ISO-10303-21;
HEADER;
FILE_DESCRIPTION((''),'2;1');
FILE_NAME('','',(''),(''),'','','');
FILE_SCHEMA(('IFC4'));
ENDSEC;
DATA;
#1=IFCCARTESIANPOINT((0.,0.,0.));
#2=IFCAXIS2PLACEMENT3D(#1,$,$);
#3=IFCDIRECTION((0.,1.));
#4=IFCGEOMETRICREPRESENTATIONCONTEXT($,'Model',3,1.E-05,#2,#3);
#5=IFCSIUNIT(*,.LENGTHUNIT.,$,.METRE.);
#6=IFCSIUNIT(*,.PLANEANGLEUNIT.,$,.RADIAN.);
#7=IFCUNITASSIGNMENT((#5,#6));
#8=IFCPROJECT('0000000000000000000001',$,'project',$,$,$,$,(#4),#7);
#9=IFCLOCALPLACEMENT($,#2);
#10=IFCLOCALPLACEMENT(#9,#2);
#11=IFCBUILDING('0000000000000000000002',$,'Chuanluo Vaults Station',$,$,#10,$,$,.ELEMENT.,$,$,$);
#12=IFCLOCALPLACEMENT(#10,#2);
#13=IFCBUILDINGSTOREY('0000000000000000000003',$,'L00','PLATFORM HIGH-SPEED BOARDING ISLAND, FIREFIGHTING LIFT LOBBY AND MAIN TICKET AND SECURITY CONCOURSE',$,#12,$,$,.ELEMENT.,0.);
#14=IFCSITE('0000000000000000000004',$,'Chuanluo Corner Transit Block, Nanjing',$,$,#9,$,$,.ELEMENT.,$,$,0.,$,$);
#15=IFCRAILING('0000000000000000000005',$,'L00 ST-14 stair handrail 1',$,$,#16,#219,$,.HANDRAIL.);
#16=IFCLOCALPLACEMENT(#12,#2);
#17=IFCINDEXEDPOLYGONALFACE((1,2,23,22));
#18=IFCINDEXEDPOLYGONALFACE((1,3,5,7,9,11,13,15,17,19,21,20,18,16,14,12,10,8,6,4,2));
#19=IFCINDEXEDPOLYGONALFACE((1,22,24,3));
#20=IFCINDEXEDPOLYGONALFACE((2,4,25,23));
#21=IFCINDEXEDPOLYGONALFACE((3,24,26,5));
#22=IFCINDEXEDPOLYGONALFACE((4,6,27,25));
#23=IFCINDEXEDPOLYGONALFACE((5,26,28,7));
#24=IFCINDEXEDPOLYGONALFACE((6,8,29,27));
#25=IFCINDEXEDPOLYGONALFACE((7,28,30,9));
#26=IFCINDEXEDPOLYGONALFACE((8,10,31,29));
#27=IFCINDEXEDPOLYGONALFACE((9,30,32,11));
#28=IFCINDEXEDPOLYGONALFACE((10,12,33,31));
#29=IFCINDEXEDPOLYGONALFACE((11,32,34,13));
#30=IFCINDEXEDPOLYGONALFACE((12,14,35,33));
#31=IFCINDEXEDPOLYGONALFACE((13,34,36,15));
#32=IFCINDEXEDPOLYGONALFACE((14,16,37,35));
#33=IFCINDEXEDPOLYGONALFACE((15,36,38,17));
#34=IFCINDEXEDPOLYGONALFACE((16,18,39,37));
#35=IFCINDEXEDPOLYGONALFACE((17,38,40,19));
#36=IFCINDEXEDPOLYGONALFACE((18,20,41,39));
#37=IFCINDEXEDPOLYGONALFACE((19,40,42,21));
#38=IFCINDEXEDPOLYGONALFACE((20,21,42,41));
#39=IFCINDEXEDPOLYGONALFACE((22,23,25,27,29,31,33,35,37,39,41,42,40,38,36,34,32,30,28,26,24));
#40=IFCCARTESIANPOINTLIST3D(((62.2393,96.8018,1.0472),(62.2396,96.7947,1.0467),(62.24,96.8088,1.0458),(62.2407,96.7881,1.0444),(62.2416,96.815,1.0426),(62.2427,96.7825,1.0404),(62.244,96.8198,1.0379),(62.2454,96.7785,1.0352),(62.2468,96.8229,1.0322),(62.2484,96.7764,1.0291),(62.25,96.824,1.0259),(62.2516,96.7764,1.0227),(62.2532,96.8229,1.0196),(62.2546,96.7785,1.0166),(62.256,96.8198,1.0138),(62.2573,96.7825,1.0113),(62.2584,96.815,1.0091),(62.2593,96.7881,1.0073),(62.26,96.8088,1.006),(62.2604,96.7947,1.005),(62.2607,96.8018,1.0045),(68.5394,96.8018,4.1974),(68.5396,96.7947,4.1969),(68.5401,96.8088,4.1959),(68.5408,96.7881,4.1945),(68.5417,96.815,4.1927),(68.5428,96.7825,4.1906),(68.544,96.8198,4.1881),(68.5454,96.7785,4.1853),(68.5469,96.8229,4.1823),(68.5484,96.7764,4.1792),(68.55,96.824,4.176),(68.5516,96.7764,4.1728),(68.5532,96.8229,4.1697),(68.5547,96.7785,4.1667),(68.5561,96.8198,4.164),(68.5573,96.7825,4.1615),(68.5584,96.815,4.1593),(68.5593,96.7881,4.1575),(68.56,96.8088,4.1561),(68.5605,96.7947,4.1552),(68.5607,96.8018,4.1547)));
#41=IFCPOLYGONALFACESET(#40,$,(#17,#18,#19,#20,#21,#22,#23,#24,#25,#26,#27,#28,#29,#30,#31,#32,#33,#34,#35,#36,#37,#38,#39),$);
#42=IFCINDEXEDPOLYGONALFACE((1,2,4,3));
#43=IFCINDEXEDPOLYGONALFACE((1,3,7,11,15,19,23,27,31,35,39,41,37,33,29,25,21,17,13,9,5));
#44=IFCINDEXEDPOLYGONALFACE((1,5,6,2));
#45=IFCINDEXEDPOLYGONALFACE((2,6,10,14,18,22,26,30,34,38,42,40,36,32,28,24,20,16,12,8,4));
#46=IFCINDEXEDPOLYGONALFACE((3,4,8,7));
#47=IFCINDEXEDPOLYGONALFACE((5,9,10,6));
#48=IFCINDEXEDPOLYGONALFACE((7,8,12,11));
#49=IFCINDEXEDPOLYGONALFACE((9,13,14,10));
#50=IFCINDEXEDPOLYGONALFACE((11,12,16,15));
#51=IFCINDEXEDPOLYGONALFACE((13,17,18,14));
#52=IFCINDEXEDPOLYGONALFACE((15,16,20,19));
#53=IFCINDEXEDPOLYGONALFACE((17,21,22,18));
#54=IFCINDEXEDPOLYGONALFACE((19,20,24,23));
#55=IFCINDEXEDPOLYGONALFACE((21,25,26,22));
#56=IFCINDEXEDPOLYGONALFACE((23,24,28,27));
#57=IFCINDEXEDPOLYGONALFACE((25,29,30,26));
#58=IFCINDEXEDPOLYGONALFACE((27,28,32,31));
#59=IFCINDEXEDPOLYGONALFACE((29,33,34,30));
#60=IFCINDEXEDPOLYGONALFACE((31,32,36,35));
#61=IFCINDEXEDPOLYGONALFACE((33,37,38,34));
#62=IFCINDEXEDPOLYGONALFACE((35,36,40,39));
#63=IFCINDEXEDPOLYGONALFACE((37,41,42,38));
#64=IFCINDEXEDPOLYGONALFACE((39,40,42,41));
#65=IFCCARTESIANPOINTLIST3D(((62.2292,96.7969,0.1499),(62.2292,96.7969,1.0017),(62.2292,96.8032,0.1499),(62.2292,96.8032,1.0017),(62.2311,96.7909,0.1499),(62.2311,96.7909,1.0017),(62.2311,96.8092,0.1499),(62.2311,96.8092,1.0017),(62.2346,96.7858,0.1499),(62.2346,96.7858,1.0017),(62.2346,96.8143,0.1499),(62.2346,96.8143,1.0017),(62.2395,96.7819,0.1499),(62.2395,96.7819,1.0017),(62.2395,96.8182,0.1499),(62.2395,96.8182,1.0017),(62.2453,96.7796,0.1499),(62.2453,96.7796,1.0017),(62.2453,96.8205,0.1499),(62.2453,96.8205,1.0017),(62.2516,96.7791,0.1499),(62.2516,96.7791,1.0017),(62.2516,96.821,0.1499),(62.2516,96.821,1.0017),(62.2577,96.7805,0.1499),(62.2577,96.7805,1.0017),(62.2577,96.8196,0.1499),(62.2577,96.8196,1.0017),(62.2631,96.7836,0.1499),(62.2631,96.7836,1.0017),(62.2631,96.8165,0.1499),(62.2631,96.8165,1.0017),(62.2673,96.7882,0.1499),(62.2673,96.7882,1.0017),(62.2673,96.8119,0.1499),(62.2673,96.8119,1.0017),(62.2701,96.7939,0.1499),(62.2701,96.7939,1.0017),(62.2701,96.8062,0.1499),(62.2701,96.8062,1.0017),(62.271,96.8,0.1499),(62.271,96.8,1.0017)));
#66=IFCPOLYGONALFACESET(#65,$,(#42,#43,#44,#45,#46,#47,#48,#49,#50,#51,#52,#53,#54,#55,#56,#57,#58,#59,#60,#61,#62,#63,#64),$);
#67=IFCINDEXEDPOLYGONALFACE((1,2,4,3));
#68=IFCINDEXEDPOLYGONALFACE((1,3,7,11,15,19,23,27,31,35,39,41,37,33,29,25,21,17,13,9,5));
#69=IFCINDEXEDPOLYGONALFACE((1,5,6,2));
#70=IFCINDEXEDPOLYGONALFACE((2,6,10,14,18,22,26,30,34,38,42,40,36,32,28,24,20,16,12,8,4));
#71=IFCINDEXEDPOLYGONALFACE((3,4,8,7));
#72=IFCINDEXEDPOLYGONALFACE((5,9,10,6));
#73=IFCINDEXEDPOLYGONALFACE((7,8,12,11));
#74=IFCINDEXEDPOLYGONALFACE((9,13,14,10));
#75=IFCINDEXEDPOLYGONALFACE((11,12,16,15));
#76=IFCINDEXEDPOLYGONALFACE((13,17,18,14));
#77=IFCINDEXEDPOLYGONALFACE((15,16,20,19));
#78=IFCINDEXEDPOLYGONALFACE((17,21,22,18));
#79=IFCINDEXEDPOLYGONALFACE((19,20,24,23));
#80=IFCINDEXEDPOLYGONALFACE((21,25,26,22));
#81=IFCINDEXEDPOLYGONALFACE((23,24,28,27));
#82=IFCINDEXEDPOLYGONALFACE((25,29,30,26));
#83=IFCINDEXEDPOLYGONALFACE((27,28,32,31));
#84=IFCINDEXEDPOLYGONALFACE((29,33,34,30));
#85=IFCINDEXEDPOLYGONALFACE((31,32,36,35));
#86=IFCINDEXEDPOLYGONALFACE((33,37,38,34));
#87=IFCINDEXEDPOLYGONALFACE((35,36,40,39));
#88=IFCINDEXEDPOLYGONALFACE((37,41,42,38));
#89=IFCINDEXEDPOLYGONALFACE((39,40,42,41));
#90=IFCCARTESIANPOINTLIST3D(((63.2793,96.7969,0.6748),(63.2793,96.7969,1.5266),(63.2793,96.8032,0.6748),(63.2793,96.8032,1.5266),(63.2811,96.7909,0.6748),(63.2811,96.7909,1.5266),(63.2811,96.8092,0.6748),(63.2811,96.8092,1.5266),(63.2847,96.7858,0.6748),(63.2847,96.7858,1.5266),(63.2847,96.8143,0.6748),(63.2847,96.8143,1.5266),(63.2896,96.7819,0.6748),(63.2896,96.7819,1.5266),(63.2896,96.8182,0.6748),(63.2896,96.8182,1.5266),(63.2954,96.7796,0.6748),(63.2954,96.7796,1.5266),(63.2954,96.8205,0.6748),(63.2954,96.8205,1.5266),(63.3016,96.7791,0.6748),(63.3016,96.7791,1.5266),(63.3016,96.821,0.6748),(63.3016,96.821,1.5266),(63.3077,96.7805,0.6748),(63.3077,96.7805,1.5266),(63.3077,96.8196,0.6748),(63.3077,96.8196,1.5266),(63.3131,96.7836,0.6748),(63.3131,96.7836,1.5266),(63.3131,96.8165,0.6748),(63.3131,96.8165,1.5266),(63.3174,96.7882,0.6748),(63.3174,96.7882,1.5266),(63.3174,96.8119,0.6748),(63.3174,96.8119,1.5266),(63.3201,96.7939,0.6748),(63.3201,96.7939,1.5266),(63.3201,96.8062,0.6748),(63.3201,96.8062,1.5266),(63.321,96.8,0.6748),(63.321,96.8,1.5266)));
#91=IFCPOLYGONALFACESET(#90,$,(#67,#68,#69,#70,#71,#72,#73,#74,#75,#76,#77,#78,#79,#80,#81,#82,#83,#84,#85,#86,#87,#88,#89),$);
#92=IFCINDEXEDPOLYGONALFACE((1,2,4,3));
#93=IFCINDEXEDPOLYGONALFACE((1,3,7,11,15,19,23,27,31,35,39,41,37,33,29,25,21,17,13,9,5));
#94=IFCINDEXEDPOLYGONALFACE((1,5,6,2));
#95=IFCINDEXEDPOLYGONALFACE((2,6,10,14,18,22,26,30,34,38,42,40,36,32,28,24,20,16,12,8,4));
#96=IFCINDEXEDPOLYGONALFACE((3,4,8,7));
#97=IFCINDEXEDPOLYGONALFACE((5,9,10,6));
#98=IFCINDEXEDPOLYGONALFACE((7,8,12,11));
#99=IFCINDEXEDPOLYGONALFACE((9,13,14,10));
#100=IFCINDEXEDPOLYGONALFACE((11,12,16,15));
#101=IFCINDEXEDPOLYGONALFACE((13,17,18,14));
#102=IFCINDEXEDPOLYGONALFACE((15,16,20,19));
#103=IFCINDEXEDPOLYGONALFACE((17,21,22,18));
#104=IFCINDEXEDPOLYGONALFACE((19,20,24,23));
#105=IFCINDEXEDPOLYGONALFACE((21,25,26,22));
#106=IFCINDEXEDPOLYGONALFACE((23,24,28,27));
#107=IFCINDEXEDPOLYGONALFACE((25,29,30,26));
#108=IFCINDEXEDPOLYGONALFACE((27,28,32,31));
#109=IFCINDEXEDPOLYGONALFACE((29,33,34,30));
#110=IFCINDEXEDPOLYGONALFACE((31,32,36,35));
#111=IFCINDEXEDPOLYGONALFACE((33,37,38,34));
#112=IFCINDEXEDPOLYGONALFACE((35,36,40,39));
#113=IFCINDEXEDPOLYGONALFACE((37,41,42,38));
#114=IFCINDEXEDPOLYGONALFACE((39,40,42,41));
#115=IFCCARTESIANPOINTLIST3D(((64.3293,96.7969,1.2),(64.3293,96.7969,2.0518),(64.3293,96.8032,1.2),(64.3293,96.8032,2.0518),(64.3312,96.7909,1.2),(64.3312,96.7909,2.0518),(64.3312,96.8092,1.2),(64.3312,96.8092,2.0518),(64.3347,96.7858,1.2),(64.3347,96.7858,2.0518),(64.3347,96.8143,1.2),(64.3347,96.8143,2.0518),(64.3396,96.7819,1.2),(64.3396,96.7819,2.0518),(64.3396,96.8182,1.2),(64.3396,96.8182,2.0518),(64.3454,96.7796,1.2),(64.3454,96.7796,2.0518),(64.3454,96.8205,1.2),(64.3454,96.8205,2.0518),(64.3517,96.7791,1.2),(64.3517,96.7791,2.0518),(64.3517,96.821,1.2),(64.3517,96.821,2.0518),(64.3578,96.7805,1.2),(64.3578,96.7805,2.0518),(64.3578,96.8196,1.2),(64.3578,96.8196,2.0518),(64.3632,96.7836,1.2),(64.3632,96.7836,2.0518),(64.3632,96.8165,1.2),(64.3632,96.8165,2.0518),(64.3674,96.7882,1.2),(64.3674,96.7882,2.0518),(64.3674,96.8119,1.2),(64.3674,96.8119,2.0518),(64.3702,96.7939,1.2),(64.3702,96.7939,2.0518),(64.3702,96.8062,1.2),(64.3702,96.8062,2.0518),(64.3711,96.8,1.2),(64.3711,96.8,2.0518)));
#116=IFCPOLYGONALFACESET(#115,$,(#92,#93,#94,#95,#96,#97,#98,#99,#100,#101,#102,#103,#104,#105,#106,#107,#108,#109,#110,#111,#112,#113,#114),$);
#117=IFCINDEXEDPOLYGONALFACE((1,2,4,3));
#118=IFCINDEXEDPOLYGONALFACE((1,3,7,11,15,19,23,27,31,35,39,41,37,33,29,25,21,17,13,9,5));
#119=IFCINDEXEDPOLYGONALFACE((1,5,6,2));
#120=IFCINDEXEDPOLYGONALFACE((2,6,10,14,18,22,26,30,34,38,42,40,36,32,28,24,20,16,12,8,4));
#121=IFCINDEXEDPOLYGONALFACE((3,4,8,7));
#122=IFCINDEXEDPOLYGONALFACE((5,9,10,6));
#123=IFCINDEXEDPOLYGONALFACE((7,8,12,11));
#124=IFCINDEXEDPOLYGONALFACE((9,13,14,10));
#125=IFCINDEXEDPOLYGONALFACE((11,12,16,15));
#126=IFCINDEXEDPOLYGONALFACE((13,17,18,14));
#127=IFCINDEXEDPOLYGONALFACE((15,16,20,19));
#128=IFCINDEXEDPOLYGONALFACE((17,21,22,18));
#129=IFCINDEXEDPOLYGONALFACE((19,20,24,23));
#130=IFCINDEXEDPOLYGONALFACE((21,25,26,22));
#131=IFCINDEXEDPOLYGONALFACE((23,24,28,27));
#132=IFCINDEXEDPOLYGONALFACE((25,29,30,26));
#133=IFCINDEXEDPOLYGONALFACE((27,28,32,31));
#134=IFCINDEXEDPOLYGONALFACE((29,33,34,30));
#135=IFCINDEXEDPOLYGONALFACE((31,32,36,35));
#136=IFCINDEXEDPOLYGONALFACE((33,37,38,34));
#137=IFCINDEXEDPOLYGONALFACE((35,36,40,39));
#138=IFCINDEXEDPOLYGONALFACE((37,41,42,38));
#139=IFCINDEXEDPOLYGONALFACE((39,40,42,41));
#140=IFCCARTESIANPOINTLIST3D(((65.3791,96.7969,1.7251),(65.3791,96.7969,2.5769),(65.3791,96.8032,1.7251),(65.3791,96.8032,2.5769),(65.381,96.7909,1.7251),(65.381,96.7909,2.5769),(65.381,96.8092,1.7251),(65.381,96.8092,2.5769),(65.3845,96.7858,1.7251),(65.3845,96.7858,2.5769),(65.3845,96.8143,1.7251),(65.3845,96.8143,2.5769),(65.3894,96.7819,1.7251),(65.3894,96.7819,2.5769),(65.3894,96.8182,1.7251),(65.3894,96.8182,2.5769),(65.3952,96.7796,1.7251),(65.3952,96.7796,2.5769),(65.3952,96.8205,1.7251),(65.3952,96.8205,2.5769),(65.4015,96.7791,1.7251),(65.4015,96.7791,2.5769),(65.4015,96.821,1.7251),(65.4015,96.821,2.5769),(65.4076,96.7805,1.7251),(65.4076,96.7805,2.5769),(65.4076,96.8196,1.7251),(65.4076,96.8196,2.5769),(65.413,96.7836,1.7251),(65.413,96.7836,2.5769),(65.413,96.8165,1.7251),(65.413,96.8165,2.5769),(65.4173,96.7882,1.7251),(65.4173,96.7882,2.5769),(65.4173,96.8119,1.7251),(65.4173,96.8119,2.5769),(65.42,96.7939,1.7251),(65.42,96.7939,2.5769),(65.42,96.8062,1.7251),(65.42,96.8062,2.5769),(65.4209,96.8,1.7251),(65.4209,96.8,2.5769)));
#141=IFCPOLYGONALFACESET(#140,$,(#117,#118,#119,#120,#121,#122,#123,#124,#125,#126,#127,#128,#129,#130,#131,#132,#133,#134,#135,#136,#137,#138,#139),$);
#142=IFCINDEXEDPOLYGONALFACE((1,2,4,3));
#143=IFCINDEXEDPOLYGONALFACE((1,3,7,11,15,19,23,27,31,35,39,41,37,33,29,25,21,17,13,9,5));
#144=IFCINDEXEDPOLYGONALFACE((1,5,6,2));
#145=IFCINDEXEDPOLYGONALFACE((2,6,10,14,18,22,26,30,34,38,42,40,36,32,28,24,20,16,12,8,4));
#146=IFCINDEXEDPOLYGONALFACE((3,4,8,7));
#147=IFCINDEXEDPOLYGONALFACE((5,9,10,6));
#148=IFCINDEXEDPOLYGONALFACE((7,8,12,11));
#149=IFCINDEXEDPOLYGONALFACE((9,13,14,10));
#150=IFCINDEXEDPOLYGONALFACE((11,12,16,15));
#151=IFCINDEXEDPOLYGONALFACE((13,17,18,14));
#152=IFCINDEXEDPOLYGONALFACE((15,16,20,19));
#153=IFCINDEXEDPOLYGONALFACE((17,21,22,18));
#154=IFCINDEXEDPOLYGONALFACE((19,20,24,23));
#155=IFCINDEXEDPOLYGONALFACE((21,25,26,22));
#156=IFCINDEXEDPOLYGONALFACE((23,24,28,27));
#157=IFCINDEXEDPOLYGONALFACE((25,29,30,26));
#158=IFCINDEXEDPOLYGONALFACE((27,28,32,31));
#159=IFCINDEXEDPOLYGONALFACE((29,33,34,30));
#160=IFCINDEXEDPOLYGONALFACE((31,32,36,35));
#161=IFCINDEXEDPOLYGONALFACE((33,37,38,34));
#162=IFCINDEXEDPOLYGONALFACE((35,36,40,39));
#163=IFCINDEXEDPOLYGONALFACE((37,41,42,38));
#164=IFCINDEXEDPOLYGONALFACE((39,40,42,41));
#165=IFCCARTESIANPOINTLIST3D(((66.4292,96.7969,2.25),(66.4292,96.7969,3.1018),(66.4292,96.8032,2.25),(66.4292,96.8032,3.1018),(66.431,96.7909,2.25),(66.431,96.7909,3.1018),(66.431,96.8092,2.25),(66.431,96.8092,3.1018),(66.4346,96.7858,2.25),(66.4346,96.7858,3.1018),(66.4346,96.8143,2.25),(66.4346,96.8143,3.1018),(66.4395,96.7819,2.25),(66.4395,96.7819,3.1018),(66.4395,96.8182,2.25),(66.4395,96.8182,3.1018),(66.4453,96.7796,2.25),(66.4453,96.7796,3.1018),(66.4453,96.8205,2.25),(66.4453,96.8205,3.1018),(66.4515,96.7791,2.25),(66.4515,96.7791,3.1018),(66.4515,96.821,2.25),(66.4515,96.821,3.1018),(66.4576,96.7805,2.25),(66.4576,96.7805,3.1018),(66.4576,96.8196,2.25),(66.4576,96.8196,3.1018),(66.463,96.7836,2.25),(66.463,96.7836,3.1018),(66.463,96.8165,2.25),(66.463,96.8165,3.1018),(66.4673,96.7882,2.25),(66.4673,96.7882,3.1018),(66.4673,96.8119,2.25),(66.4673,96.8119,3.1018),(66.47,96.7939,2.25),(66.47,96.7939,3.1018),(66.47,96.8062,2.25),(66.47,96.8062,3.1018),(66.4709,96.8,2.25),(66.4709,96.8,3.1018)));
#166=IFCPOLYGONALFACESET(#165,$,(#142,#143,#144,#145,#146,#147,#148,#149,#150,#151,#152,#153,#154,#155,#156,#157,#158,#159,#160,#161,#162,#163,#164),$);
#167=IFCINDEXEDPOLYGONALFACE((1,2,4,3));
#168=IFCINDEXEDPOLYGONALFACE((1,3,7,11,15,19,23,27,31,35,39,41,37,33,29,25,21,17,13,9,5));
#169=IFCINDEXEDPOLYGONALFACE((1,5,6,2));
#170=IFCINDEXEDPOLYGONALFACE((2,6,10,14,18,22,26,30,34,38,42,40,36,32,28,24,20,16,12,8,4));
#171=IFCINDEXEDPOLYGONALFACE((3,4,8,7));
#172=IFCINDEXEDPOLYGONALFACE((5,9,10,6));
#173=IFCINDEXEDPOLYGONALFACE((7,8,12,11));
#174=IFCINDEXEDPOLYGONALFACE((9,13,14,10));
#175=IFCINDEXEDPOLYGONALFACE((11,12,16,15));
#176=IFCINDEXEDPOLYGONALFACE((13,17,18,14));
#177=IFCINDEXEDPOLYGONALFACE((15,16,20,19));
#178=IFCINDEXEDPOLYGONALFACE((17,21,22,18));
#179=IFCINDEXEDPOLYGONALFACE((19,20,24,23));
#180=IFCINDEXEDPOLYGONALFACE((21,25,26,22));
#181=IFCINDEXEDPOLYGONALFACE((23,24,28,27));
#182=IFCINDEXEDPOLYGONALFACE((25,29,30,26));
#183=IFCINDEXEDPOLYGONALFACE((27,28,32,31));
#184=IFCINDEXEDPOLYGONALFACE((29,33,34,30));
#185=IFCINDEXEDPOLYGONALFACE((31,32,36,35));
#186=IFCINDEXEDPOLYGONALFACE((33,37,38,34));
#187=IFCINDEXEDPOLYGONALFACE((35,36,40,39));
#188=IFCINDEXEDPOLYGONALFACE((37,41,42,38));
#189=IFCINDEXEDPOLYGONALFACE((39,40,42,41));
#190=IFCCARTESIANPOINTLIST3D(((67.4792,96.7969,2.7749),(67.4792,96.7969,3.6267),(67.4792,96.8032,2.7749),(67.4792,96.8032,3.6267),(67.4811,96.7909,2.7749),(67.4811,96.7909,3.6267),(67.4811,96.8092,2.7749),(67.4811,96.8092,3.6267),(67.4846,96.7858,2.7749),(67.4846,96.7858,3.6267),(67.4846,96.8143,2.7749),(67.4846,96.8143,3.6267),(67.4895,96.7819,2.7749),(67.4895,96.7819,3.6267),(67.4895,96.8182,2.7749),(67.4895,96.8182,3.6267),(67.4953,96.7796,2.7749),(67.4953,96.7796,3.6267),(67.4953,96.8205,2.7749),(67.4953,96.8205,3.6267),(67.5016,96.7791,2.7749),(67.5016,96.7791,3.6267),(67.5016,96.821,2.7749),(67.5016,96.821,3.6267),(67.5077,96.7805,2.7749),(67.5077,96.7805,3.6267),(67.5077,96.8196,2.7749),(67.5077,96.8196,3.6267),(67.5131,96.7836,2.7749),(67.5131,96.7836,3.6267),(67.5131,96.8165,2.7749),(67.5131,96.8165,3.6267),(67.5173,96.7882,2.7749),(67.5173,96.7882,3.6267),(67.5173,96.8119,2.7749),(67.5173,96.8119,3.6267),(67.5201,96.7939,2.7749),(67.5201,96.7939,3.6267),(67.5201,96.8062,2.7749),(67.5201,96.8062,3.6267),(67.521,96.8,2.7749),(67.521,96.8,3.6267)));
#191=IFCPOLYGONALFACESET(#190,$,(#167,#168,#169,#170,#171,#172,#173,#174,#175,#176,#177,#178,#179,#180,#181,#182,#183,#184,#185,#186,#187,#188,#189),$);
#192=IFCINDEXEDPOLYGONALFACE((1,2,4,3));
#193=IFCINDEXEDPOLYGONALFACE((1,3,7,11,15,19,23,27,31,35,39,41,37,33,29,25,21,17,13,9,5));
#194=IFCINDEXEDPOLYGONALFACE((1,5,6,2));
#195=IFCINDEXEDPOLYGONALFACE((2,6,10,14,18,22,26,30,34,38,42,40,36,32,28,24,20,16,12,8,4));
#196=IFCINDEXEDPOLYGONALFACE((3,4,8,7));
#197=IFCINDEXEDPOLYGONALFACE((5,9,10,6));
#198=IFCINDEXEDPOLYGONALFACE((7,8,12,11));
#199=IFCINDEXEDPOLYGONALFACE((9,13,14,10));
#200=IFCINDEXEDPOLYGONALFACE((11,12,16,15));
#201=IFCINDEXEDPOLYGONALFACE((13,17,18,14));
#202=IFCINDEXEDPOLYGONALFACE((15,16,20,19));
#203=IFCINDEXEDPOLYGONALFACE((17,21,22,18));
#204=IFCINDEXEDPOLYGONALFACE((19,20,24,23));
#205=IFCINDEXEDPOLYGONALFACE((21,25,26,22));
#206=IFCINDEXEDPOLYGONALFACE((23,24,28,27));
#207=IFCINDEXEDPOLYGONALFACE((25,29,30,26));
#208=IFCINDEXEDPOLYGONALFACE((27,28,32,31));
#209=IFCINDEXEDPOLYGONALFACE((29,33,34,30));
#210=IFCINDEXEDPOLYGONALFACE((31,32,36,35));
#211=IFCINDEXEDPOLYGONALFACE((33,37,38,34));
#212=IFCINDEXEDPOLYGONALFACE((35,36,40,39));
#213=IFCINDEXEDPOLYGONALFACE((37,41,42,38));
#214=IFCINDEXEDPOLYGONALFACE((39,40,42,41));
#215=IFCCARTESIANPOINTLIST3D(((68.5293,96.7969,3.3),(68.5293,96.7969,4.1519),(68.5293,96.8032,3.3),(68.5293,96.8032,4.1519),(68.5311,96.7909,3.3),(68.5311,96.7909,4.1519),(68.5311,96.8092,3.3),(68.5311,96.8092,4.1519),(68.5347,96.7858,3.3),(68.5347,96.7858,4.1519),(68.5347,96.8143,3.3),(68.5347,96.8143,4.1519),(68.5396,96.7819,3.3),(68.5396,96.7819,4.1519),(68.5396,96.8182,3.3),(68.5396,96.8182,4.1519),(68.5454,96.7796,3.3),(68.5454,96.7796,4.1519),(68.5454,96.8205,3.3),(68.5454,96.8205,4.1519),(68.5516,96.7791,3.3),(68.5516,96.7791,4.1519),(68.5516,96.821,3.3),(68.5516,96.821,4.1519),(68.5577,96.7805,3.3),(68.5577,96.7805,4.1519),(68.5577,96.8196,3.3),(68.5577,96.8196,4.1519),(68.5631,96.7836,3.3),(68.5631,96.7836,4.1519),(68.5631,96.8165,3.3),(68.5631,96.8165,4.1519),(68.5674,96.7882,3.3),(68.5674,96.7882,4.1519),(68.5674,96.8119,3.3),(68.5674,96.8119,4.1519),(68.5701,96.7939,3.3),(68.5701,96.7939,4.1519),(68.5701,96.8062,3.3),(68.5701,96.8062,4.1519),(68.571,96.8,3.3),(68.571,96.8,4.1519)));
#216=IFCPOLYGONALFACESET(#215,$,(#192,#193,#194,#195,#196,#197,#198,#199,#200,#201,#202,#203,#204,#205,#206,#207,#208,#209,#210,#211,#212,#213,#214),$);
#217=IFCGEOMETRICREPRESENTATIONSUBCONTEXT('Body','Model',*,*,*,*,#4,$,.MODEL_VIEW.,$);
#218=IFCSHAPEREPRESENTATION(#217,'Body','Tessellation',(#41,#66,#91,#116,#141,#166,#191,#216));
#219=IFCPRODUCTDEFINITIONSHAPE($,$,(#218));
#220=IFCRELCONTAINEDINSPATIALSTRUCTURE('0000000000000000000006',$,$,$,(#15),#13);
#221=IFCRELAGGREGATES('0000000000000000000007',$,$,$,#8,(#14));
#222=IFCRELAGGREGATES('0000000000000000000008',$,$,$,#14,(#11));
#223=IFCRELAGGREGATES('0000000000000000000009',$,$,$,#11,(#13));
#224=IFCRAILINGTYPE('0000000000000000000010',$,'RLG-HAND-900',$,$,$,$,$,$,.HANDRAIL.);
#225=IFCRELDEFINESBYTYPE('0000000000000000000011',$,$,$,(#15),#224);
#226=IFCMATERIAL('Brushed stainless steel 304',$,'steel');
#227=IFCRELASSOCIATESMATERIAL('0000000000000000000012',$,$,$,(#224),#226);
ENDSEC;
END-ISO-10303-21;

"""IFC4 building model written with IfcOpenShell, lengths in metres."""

from ifc_helpers import new_model, si_unit, direction, frame, origin, origin_2d, place, context, subcontext, project, spatial, circle, extrude, material, type_object, element, save


model = new_model("IFC4")

# Units and contexts
model_context = context("Model", 3, precision=1e-05, world=origin(), true_north=direction((0.0, 1.0)))
body_context = subcontext(model_context, "Body", "Model", "MODEL_VIEW")
ifc_project = project(units=[si_unit("LENGTHUNIT", "METRE"), si_unit("PLANEANGLEUNIT", "RADIAN")], contexts=[model_context])

# Site, building, storey
site_placement = place(None, origin())
site = spatial("IfcSite", under=ifc_project, at=site_placement, Name="Chuanluo Corner Transit Block, Nanjing", CompositionType="ELEMENT", RefElevation=0.0)
building_placement = place(site_placement, origin())
building = spatial("IfcBuilding", under=site, at=building_placement, Name="Chuanluo Vaults Station", CompositionType="ELEMENT")
storey_placement = place(building_placement, origin())
storey = spatial("IfcBuildingStorey", under=building, at=storey_placement, Name="L00", Description="PLATFORM HIGH-SPEED BOARDING ISLAND, FIREFIGHTING LIFT LOBBY AND MAIN TICKET AND SECURITY CONCOURSE", CompositionType="ELEMENT", Elevation=0.0)

# Railing
ifc_material_1 = material(Name="Brushed stainless steel 304", Category="steel")
railing_type_1 = type_object("IfcRailingType", Name="RLG-HAND-900", PredefinedType="HANDRAIL", material=ifc_material_1)
railing_1_placement = place(storey_placement, frame((62.25, 96.8, 0.1499)))
element("IfcRailing", 1, at=railing_1_placement, inside=storey, type_object=railing_type_1, Name="L00 ST-14 stair handrail 1", PredefinedType="HANDRAIL", context=body_context, shape_type="SweptSolid", body=[
    extrude(circle(Radius=0.0239, at=origin_2d()), frame((0.0, 0.0, 0.876), z_axis=(0.89442, 0.0, 0.447227), x_axis=(0.0, 1.0, 0.0)), (0.0, 0.0, 1.0), 7.0437),
    extrude(circle(Radius=0.021, at=origin_2d()), origin(), (0.0, 0.0, 1.0), 0.8518),
    extrude(circle(Radius=0.021, at=origin_2d()), frame((1.05, 0.0, 0.5249)), (0.0, 0.0, 1.0), 0.8518),
    extrude(circle(Radius=0.021, at=origin_2d()), frame((2.1001, 0.0, 1.05)), (0.0, 0.0, 1.0), 0.8518),
    extrude(circle(Radius=0.021, at=origin_2d()), frame((3.1499, 0.0, 1.5752)), (0.0, 0.0, 1.0), 0.8518),
    extrude(circle(Radius=0.021, at=origin_2d()), frame((4.2, 0.0, 2.1001)), (0.0, 0.0, 1.0), 0.8518),
    extrude(circle(Radius=0.021, at=origin_2d()), frame((5.25, 0.0, 2.625)), (0.0, 0.0, 1.0), 0.8518),
    extrude(circle(Radius=0.021, at=origin_2d()), frame((6.3, 0.0, 3.1501)), (0.0, 0.0, 1.0), 0.8518),
])

save(model, "model.ifc")
